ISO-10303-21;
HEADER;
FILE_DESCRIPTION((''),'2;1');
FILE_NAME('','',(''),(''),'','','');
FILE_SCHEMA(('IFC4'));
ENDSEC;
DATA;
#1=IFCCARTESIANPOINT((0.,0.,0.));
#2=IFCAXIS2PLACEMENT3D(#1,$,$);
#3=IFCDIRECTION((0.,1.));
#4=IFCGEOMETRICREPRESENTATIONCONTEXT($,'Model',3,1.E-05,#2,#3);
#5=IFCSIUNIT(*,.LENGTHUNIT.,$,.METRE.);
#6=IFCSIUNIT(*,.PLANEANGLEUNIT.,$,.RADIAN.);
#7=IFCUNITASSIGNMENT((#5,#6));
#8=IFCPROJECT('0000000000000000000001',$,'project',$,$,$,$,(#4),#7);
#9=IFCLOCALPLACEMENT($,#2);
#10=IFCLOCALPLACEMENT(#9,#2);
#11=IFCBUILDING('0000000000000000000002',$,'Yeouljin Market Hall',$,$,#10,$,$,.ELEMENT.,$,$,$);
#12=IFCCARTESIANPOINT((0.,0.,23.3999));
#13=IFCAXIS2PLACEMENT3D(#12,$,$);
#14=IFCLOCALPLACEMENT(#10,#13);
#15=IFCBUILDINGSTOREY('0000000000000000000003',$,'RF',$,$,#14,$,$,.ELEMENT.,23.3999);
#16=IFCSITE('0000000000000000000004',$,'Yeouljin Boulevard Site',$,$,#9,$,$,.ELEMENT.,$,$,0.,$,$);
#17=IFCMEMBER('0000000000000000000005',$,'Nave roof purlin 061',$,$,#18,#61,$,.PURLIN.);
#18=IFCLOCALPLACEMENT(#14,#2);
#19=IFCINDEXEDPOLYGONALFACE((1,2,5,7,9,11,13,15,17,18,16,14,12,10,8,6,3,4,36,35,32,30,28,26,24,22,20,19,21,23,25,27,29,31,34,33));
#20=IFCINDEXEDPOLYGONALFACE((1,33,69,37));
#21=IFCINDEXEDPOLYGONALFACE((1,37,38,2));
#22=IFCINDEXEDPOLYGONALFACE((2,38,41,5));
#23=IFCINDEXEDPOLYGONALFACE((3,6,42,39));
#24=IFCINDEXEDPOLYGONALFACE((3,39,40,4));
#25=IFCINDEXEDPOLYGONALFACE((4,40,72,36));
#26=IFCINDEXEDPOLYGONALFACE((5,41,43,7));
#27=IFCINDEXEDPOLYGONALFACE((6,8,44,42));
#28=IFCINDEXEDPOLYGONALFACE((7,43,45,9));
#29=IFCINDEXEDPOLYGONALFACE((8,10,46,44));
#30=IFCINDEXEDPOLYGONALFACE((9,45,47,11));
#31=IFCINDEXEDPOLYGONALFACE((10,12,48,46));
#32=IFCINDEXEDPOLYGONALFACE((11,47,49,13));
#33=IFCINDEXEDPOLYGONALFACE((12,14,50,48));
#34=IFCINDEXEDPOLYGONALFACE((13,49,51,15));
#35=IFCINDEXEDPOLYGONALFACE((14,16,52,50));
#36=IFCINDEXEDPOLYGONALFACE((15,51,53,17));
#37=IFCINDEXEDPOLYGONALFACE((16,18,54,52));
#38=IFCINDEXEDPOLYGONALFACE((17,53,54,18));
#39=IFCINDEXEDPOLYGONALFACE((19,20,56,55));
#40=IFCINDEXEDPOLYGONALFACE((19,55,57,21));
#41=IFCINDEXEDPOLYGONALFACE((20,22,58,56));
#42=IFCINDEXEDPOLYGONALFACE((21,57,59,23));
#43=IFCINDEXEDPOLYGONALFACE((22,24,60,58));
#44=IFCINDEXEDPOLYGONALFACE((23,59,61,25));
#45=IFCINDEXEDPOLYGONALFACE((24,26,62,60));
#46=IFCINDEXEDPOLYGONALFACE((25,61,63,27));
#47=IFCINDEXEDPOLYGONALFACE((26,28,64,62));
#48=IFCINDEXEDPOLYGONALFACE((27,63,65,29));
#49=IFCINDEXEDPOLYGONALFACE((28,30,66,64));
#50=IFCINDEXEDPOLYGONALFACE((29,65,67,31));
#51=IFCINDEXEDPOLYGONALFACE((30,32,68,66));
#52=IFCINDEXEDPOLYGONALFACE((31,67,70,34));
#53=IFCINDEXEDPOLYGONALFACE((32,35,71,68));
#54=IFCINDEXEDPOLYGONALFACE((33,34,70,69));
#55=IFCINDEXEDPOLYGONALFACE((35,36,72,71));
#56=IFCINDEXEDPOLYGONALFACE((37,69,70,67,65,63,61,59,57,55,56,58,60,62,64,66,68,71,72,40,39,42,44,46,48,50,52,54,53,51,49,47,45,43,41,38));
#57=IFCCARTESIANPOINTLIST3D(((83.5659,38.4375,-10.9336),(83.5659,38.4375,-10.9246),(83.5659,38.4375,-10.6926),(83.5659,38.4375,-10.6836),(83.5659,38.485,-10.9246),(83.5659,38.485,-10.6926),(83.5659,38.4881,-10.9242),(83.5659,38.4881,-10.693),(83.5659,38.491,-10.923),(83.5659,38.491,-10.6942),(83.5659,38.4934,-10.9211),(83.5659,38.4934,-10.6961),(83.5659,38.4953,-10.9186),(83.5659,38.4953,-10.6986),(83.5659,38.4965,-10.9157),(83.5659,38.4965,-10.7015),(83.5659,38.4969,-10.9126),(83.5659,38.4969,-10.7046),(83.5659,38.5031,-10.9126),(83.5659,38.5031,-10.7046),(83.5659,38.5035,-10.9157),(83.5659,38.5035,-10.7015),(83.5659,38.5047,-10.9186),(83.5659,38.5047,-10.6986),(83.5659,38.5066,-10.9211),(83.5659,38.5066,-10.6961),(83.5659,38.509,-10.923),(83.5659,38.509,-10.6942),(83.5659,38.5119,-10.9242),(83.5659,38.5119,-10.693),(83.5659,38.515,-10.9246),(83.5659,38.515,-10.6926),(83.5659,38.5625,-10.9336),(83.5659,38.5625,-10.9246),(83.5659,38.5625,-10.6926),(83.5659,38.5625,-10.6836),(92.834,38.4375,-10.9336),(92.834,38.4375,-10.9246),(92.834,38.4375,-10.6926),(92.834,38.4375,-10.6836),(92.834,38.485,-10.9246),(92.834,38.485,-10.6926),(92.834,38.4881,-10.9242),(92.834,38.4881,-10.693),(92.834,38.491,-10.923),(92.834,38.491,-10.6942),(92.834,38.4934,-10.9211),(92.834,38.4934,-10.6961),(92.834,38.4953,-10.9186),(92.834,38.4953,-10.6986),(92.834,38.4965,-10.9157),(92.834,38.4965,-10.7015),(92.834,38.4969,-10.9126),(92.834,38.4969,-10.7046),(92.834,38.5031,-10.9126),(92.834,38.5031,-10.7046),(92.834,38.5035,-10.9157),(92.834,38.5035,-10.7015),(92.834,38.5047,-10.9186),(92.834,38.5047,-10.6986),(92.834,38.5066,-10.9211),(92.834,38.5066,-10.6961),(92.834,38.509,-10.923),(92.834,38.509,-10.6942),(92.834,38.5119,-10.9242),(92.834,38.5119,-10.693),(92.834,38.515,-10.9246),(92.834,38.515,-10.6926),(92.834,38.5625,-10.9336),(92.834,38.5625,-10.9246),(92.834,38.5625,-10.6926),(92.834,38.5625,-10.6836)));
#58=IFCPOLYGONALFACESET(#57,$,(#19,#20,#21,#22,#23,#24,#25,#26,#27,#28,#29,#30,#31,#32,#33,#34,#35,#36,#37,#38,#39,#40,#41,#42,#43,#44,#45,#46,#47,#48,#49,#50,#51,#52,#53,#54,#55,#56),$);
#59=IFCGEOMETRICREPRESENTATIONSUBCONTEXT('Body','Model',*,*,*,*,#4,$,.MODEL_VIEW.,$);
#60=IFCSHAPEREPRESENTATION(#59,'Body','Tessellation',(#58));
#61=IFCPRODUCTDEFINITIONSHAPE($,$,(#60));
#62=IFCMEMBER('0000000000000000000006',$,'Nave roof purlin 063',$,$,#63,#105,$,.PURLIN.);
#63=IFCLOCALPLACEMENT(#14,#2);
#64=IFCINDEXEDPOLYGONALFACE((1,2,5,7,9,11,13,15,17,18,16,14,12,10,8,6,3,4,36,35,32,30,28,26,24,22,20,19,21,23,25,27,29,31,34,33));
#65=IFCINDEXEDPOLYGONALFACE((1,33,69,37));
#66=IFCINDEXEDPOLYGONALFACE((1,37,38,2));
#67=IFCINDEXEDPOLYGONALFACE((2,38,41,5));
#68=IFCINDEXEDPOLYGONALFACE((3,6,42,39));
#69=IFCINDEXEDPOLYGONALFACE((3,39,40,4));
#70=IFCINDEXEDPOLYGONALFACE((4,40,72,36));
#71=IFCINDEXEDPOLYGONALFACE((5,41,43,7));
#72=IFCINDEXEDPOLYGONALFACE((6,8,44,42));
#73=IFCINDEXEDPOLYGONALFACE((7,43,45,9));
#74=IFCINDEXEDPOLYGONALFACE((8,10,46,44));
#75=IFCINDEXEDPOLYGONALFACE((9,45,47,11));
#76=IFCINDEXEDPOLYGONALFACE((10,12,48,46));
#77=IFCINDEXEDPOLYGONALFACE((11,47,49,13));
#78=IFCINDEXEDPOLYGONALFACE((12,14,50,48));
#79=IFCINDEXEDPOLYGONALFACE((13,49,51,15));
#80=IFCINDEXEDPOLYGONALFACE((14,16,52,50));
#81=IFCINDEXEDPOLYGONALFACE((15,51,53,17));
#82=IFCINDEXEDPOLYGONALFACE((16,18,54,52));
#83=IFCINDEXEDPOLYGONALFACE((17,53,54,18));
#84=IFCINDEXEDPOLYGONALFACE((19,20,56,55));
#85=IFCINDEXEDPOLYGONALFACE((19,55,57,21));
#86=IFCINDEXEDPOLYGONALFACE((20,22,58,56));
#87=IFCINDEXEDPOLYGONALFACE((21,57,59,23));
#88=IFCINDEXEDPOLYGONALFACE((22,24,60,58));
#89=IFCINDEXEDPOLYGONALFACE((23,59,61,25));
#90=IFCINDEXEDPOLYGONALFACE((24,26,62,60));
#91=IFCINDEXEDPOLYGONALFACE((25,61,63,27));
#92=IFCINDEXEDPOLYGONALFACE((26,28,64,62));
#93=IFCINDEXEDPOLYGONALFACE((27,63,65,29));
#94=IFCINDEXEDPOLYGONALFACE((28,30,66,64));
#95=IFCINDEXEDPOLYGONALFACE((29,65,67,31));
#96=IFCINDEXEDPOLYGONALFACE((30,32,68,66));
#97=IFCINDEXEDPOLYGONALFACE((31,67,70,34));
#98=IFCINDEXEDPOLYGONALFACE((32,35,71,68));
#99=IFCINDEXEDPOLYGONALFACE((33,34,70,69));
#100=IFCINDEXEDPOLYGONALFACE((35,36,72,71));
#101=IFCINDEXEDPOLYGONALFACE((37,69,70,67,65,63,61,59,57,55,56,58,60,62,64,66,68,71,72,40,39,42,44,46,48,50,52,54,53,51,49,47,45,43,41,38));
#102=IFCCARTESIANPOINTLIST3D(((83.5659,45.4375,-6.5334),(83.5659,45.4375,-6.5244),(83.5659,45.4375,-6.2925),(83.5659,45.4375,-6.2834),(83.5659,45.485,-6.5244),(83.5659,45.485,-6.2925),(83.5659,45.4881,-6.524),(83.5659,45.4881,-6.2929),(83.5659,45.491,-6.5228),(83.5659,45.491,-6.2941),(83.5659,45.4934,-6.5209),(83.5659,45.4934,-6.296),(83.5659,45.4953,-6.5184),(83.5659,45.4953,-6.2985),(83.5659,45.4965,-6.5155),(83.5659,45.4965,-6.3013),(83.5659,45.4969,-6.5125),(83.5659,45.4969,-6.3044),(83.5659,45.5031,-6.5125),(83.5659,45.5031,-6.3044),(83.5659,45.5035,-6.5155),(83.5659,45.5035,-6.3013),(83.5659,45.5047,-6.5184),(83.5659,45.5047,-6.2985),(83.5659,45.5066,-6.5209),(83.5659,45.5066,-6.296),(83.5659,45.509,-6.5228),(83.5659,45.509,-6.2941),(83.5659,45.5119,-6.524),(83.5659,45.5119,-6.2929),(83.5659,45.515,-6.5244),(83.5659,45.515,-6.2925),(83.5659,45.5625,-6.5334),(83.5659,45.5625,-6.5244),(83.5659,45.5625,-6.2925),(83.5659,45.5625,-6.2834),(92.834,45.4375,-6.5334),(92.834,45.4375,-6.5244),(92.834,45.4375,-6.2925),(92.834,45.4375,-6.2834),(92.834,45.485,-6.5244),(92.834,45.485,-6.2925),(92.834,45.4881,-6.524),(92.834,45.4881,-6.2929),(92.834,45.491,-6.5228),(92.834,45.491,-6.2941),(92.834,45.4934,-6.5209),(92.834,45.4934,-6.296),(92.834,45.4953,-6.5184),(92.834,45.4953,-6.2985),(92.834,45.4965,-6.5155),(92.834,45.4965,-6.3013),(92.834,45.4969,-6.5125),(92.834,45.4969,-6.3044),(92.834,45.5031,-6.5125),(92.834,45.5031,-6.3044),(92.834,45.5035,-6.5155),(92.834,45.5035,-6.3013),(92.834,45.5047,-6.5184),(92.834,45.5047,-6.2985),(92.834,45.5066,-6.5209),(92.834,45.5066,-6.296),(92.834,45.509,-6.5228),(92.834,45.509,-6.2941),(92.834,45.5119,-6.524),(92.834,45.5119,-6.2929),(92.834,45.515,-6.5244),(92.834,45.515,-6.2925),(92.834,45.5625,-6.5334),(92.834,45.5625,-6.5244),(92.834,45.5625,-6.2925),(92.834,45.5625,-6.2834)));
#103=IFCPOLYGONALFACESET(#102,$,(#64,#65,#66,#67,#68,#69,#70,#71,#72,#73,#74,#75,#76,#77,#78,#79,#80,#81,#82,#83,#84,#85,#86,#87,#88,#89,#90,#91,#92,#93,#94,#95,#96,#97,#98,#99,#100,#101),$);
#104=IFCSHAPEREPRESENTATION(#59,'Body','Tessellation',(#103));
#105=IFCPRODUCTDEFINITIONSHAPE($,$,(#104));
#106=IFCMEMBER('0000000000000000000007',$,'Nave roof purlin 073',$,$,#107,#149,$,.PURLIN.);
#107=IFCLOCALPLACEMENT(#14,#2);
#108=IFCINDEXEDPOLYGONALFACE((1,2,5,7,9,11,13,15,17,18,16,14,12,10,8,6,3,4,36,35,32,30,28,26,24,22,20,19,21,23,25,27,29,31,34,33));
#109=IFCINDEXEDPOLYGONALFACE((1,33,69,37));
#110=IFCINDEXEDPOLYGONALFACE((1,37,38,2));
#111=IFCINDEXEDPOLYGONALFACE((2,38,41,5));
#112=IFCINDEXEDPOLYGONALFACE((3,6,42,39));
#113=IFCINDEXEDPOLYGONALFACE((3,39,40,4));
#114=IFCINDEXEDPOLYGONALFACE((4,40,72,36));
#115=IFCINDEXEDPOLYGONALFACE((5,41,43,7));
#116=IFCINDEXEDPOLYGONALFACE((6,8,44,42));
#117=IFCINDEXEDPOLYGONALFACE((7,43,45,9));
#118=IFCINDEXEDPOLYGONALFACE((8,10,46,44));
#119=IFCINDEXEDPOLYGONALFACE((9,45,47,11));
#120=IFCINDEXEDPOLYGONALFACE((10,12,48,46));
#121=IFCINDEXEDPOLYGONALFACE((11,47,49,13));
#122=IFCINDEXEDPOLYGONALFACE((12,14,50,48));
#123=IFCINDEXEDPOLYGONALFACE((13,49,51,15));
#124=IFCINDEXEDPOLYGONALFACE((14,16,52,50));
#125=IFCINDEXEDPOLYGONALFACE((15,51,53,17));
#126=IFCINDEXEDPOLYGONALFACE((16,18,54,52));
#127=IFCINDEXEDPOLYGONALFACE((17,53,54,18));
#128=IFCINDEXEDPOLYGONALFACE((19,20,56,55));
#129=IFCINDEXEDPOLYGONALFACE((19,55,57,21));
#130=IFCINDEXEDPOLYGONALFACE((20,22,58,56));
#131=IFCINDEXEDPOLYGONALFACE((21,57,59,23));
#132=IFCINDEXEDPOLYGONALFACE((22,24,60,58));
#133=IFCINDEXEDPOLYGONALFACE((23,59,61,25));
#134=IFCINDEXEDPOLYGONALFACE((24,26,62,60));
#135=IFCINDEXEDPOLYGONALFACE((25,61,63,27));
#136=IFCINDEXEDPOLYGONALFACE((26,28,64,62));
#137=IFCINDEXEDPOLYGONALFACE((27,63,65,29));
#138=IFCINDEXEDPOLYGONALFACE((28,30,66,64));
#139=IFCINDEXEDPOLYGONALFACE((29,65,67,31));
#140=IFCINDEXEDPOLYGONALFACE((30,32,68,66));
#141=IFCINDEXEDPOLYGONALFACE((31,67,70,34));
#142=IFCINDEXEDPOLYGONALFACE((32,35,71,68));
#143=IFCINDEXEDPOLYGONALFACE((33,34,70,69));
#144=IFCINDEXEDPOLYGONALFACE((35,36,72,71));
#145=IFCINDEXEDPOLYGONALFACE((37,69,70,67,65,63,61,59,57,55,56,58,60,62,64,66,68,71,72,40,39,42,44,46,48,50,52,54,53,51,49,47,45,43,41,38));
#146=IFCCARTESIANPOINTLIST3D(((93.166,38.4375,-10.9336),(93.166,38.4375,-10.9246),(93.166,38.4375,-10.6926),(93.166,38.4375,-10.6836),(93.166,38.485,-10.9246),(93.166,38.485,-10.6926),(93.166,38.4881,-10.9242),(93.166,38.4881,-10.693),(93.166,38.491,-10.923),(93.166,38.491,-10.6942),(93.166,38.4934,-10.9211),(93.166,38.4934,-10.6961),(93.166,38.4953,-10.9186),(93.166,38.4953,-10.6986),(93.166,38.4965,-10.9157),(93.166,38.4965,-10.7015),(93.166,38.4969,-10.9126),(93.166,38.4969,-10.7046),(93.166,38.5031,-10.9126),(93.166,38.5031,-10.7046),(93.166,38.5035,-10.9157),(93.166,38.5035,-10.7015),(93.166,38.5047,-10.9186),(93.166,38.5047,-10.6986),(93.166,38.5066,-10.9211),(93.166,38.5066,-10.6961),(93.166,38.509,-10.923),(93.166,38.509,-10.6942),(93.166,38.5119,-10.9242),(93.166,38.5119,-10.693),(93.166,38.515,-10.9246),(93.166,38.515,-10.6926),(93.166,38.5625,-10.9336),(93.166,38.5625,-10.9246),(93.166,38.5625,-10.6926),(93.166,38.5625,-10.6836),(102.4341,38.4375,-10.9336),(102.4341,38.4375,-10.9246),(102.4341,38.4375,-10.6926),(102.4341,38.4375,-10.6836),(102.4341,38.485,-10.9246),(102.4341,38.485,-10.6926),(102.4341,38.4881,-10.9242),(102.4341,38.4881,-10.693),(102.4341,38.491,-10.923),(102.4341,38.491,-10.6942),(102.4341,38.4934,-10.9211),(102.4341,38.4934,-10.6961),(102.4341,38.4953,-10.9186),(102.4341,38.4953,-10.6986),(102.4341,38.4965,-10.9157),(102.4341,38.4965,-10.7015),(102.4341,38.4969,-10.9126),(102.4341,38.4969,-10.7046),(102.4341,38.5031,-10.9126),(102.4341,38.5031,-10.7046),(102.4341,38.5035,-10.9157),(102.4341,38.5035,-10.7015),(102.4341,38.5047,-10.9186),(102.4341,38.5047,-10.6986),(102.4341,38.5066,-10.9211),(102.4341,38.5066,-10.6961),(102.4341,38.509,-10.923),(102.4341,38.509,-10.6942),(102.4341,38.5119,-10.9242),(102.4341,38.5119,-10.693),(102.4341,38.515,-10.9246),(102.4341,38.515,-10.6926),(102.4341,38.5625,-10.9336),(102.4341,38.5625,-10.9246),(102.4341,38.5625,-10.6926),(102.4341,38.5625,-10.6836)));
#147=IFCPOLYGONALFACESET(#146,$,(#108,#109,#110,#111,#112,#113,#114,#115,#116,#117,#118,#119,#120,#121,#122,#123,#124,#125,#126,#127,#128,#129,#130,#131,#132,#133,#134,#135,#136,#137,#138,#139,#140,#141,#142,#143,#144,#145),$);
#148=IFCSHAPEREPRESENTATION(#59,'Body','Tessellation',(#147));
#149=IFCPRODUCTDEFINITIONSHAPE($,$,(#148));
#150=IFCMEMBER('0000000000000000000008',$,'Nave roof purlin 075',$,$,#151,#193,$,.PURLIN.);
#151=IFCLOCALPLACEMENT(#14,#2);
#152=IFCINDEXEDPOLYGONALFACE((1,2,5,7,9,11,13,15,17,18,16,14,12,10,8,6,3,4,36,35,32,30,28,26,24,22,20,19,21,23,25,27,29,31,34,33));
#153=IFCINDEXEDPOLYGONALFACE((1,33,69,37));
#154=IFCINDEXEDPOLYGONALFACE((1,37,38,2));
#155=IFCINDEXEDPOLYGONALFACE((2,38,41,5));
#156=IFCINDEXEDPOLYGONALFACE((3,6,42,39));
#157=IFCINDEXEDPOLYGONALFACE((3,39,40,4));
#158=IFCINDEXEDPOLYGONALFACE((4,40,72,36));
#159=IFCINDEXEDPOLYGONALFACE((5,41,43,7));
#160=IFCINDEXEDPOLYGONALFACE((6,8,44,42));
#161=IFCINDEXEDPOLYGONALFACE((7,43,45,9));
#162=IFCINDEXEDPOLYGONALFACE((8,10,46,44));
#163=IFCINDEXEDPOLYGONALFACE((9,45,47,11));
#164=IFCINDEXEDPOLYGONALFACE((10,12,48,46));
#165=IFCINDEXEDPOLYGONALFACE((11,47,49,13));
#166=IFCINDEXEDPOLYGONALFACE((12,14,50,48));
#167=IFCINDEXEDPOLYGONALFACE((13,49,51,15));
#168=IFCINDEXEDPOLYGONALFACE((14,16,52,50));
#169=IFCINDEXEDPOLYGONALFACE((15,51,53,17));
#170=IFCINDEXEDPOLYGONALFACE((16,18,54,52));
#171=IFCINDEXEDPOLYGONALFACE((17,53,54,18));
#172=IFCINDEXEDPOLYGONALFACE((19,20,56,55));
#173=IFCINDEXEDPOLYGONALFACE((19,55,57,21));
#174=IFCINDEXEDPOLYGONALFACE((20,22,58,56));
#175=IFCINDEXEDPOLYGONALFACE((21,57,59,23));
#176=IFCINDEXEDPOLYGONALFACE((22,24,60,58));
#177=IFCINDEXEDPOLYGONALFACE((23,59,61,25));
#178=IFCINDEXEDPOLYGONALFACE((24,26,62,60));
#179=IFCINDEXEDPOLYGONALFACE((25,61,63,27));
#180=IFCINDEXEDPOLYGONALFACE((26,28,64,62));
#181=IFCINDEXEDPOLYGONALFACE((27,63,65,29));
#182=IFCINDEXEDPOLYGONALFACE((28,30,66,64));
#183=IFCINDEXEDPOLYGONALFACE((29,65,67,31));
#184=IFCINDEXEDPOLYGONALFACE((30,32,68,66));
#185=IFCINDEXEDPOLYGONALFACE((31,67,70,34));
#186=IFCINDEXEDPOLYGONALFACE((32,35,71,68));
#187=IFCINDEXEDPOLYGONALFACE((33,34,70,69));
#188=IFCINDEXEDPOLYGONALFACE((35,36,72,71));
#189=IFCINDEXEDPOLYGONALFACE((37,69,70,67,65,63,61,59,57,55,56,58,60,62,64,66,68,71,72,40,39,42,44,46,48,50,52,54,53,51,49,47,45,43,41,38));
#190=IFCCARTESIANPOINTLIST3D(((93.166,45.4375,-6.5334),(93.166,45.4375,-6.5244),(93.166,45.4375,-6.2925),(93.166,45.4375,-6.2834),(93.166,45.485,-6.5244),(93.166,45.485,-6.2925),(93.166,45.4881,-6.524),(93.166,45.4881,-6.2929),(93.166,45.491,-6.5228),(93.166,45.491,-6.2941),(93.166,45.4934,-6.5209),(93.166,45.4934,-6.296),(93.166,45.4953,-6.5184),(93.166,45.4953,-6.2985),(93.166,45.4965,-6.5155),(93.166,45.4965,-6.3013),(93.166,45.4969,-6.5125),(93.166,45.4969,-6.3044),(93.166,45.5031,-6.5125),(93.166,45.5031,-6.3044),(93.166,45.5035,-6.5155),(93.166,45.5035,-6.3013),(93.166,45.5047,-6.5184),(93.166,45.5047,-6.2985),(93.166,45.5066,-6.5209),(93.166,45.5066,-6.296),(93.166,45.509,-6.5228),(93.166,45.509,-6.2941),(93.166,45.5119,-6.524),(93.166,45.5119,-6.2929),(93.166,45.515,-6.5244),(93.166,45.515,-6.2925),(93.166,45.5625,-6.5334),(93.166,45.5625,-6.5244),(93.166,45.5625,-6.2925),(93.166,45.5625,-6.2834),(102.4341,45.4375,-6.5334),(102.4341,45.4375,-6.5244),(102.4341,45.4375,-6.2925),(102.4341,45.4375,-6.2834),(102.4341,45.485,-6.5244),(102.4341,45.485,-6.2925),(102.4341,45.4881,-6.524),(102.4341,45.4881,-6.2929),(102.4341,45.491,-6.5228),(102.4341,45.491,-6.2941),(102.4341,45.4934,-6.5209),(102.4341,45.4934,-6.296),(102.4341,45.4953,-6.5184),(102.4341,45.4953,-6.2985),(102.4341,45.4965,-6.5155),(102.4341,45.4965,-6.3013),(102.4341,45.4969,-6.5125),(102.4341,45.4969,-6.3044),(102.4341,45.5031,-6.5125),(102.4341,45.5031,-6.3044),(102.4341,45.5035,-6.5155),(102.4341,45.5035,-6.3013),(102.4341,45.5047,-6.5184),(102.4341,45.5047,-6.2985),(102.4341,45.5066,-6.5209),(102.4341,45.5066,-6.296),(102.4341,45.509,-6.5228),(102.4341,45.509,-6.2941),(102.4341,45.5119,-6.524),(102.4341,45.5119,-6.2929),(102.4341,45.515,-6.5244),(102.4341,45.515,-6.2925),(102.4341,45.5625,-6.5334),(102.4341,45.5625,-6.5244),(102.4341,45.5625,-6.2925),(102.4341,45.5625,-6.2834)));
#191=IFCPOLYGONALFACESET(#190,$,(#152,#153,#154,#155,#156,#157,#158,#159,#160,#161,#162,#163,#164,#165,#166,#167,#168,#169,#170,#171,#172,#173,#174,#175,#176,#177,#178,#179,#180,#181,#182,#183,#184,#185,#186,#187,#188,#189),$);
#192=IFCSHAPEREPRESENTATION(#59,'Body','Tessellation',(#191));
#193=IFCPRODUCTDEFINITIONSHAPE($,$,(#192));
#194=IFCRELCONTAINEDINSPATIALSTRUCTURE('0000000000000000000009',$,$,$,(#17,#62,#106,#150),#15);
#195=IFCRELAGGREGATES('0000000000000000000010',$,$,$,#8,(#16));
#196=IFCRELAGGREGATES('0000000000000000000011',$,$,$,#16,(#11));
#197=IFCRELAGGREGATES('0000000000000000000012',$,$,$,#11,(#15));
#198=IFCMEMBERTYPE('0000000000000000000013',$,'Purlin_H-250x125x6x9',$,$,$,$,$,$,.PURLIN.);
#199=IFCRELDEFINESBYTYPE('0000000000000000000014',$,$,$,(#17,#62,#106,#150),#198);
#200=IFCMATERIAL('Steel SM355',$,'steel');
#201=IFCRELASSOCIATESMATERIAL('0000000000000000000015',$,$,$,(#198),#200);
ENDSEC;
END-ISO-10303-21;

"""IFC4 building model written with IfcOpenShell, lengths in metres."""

from ifc_helpers import new_model, si_unit, direction, frame, origin, origin_2d, place, context, subcontext, project, spatial, i_section, extrude, material, material_profile, profile_set, type_object, element, save


model = new_model("IFC4")

# Units and contexts
model_context = context("Model", 3, precision=1e-05, world=origin(), true_north=direction((0.0, 1.0)))
body_context = subcontext(model_context, "Body", "Model", "MODEL_VIEW")
ifc_project = project(units=[si_unit("LENGTHUNIT", "METRE"), si_unit("PLANEANGLEUNIT", "RADIAN")], contexts=[model_context])

# Site, building, storey
site_placement = place(None, origin())
site = spatial("IfcSite", under=ifc_project, at=site_placement, Name="Yeouljin Boulevard Site", CompositionType="ELEMENT", RefElevation=0.0)
building_placement = place(site_placement, origin())
building = spatial("IfcBuilding", under=site, at=building_placement, Name="Yeouljin Market Hall", CompositionType="ELEMENT")
storey_placement = place(building_placement, frame((0.0, 0.0, 23.3999)))
storey = spatial("IfcBuildingStorey", under=building, at=storey_placement, Name="RF", CompositionType="ELEMENT", Elevation=23.3999)

# Members
ifc_material_1 = material(Name="Steel SM355", Category="steel")
ifc_material_profile_1 = material_profile(ifc_material_1, i_section(OverallWidth=0.125, OverallDepth=0.25, WebThickness=0.0061, FlangeThickness=0.009, FilletRadius=0.012, at=origin_2d()), Name="H-250x125x6x9")
ifc_profile_set_1 = profile_set([ifc_material_profile_1], Name="Steel SM355")
member_type_1 = type_object("IfcMemberType", Name="Purlin_H-250x125x6x9", PredefinedType="PURLIN", material=ifc_profile_set_1)
for number, where, z_axis, x_axis, name in (
    (1, (83.5659, 38.5, -10.8086), (1.0, 0.0, 0.0), (0.0, 1.0, 0.0), "Nave roof purlin 061"),
    (2, (83.5659, 45.5, -6.4084), (1.0, 0.0, 0.0), (0.0, 1.0, 0.0), "Nave roof purlin 063"),
    (3, (93.166, 38.5, -10.8086), (1.0, 0.0, 0.0), (0.0, 1.0, 0.0), "Nave roof purlin 073"),
    (4, (93.166, 45.5, -6.4084), (1.0, 0.0, 0.0), (0.0, 1.0, 0.0), "Nave roof purlin 075"),
):
    element("IfcMember", number, at=place(storey_placement, frame(where, z_axis=z_axis, x_axis=x_axis)), inside=storey, type_object=member_type_1, Name=name, PredefinedType="PURLIN", context=body_context, shape_type="SweptSolid", body=[
        extrude(i_section(OverallWidth=0.125, OverallDepth=0.25, WebThickness=0.0061, FlangeThickness=0.009, FilletRadius=0.012, at=origin_2d()), origin(), (0.0, 0.0, 1.0), 9.2681),
    ])

save(model, "model.ifc")
